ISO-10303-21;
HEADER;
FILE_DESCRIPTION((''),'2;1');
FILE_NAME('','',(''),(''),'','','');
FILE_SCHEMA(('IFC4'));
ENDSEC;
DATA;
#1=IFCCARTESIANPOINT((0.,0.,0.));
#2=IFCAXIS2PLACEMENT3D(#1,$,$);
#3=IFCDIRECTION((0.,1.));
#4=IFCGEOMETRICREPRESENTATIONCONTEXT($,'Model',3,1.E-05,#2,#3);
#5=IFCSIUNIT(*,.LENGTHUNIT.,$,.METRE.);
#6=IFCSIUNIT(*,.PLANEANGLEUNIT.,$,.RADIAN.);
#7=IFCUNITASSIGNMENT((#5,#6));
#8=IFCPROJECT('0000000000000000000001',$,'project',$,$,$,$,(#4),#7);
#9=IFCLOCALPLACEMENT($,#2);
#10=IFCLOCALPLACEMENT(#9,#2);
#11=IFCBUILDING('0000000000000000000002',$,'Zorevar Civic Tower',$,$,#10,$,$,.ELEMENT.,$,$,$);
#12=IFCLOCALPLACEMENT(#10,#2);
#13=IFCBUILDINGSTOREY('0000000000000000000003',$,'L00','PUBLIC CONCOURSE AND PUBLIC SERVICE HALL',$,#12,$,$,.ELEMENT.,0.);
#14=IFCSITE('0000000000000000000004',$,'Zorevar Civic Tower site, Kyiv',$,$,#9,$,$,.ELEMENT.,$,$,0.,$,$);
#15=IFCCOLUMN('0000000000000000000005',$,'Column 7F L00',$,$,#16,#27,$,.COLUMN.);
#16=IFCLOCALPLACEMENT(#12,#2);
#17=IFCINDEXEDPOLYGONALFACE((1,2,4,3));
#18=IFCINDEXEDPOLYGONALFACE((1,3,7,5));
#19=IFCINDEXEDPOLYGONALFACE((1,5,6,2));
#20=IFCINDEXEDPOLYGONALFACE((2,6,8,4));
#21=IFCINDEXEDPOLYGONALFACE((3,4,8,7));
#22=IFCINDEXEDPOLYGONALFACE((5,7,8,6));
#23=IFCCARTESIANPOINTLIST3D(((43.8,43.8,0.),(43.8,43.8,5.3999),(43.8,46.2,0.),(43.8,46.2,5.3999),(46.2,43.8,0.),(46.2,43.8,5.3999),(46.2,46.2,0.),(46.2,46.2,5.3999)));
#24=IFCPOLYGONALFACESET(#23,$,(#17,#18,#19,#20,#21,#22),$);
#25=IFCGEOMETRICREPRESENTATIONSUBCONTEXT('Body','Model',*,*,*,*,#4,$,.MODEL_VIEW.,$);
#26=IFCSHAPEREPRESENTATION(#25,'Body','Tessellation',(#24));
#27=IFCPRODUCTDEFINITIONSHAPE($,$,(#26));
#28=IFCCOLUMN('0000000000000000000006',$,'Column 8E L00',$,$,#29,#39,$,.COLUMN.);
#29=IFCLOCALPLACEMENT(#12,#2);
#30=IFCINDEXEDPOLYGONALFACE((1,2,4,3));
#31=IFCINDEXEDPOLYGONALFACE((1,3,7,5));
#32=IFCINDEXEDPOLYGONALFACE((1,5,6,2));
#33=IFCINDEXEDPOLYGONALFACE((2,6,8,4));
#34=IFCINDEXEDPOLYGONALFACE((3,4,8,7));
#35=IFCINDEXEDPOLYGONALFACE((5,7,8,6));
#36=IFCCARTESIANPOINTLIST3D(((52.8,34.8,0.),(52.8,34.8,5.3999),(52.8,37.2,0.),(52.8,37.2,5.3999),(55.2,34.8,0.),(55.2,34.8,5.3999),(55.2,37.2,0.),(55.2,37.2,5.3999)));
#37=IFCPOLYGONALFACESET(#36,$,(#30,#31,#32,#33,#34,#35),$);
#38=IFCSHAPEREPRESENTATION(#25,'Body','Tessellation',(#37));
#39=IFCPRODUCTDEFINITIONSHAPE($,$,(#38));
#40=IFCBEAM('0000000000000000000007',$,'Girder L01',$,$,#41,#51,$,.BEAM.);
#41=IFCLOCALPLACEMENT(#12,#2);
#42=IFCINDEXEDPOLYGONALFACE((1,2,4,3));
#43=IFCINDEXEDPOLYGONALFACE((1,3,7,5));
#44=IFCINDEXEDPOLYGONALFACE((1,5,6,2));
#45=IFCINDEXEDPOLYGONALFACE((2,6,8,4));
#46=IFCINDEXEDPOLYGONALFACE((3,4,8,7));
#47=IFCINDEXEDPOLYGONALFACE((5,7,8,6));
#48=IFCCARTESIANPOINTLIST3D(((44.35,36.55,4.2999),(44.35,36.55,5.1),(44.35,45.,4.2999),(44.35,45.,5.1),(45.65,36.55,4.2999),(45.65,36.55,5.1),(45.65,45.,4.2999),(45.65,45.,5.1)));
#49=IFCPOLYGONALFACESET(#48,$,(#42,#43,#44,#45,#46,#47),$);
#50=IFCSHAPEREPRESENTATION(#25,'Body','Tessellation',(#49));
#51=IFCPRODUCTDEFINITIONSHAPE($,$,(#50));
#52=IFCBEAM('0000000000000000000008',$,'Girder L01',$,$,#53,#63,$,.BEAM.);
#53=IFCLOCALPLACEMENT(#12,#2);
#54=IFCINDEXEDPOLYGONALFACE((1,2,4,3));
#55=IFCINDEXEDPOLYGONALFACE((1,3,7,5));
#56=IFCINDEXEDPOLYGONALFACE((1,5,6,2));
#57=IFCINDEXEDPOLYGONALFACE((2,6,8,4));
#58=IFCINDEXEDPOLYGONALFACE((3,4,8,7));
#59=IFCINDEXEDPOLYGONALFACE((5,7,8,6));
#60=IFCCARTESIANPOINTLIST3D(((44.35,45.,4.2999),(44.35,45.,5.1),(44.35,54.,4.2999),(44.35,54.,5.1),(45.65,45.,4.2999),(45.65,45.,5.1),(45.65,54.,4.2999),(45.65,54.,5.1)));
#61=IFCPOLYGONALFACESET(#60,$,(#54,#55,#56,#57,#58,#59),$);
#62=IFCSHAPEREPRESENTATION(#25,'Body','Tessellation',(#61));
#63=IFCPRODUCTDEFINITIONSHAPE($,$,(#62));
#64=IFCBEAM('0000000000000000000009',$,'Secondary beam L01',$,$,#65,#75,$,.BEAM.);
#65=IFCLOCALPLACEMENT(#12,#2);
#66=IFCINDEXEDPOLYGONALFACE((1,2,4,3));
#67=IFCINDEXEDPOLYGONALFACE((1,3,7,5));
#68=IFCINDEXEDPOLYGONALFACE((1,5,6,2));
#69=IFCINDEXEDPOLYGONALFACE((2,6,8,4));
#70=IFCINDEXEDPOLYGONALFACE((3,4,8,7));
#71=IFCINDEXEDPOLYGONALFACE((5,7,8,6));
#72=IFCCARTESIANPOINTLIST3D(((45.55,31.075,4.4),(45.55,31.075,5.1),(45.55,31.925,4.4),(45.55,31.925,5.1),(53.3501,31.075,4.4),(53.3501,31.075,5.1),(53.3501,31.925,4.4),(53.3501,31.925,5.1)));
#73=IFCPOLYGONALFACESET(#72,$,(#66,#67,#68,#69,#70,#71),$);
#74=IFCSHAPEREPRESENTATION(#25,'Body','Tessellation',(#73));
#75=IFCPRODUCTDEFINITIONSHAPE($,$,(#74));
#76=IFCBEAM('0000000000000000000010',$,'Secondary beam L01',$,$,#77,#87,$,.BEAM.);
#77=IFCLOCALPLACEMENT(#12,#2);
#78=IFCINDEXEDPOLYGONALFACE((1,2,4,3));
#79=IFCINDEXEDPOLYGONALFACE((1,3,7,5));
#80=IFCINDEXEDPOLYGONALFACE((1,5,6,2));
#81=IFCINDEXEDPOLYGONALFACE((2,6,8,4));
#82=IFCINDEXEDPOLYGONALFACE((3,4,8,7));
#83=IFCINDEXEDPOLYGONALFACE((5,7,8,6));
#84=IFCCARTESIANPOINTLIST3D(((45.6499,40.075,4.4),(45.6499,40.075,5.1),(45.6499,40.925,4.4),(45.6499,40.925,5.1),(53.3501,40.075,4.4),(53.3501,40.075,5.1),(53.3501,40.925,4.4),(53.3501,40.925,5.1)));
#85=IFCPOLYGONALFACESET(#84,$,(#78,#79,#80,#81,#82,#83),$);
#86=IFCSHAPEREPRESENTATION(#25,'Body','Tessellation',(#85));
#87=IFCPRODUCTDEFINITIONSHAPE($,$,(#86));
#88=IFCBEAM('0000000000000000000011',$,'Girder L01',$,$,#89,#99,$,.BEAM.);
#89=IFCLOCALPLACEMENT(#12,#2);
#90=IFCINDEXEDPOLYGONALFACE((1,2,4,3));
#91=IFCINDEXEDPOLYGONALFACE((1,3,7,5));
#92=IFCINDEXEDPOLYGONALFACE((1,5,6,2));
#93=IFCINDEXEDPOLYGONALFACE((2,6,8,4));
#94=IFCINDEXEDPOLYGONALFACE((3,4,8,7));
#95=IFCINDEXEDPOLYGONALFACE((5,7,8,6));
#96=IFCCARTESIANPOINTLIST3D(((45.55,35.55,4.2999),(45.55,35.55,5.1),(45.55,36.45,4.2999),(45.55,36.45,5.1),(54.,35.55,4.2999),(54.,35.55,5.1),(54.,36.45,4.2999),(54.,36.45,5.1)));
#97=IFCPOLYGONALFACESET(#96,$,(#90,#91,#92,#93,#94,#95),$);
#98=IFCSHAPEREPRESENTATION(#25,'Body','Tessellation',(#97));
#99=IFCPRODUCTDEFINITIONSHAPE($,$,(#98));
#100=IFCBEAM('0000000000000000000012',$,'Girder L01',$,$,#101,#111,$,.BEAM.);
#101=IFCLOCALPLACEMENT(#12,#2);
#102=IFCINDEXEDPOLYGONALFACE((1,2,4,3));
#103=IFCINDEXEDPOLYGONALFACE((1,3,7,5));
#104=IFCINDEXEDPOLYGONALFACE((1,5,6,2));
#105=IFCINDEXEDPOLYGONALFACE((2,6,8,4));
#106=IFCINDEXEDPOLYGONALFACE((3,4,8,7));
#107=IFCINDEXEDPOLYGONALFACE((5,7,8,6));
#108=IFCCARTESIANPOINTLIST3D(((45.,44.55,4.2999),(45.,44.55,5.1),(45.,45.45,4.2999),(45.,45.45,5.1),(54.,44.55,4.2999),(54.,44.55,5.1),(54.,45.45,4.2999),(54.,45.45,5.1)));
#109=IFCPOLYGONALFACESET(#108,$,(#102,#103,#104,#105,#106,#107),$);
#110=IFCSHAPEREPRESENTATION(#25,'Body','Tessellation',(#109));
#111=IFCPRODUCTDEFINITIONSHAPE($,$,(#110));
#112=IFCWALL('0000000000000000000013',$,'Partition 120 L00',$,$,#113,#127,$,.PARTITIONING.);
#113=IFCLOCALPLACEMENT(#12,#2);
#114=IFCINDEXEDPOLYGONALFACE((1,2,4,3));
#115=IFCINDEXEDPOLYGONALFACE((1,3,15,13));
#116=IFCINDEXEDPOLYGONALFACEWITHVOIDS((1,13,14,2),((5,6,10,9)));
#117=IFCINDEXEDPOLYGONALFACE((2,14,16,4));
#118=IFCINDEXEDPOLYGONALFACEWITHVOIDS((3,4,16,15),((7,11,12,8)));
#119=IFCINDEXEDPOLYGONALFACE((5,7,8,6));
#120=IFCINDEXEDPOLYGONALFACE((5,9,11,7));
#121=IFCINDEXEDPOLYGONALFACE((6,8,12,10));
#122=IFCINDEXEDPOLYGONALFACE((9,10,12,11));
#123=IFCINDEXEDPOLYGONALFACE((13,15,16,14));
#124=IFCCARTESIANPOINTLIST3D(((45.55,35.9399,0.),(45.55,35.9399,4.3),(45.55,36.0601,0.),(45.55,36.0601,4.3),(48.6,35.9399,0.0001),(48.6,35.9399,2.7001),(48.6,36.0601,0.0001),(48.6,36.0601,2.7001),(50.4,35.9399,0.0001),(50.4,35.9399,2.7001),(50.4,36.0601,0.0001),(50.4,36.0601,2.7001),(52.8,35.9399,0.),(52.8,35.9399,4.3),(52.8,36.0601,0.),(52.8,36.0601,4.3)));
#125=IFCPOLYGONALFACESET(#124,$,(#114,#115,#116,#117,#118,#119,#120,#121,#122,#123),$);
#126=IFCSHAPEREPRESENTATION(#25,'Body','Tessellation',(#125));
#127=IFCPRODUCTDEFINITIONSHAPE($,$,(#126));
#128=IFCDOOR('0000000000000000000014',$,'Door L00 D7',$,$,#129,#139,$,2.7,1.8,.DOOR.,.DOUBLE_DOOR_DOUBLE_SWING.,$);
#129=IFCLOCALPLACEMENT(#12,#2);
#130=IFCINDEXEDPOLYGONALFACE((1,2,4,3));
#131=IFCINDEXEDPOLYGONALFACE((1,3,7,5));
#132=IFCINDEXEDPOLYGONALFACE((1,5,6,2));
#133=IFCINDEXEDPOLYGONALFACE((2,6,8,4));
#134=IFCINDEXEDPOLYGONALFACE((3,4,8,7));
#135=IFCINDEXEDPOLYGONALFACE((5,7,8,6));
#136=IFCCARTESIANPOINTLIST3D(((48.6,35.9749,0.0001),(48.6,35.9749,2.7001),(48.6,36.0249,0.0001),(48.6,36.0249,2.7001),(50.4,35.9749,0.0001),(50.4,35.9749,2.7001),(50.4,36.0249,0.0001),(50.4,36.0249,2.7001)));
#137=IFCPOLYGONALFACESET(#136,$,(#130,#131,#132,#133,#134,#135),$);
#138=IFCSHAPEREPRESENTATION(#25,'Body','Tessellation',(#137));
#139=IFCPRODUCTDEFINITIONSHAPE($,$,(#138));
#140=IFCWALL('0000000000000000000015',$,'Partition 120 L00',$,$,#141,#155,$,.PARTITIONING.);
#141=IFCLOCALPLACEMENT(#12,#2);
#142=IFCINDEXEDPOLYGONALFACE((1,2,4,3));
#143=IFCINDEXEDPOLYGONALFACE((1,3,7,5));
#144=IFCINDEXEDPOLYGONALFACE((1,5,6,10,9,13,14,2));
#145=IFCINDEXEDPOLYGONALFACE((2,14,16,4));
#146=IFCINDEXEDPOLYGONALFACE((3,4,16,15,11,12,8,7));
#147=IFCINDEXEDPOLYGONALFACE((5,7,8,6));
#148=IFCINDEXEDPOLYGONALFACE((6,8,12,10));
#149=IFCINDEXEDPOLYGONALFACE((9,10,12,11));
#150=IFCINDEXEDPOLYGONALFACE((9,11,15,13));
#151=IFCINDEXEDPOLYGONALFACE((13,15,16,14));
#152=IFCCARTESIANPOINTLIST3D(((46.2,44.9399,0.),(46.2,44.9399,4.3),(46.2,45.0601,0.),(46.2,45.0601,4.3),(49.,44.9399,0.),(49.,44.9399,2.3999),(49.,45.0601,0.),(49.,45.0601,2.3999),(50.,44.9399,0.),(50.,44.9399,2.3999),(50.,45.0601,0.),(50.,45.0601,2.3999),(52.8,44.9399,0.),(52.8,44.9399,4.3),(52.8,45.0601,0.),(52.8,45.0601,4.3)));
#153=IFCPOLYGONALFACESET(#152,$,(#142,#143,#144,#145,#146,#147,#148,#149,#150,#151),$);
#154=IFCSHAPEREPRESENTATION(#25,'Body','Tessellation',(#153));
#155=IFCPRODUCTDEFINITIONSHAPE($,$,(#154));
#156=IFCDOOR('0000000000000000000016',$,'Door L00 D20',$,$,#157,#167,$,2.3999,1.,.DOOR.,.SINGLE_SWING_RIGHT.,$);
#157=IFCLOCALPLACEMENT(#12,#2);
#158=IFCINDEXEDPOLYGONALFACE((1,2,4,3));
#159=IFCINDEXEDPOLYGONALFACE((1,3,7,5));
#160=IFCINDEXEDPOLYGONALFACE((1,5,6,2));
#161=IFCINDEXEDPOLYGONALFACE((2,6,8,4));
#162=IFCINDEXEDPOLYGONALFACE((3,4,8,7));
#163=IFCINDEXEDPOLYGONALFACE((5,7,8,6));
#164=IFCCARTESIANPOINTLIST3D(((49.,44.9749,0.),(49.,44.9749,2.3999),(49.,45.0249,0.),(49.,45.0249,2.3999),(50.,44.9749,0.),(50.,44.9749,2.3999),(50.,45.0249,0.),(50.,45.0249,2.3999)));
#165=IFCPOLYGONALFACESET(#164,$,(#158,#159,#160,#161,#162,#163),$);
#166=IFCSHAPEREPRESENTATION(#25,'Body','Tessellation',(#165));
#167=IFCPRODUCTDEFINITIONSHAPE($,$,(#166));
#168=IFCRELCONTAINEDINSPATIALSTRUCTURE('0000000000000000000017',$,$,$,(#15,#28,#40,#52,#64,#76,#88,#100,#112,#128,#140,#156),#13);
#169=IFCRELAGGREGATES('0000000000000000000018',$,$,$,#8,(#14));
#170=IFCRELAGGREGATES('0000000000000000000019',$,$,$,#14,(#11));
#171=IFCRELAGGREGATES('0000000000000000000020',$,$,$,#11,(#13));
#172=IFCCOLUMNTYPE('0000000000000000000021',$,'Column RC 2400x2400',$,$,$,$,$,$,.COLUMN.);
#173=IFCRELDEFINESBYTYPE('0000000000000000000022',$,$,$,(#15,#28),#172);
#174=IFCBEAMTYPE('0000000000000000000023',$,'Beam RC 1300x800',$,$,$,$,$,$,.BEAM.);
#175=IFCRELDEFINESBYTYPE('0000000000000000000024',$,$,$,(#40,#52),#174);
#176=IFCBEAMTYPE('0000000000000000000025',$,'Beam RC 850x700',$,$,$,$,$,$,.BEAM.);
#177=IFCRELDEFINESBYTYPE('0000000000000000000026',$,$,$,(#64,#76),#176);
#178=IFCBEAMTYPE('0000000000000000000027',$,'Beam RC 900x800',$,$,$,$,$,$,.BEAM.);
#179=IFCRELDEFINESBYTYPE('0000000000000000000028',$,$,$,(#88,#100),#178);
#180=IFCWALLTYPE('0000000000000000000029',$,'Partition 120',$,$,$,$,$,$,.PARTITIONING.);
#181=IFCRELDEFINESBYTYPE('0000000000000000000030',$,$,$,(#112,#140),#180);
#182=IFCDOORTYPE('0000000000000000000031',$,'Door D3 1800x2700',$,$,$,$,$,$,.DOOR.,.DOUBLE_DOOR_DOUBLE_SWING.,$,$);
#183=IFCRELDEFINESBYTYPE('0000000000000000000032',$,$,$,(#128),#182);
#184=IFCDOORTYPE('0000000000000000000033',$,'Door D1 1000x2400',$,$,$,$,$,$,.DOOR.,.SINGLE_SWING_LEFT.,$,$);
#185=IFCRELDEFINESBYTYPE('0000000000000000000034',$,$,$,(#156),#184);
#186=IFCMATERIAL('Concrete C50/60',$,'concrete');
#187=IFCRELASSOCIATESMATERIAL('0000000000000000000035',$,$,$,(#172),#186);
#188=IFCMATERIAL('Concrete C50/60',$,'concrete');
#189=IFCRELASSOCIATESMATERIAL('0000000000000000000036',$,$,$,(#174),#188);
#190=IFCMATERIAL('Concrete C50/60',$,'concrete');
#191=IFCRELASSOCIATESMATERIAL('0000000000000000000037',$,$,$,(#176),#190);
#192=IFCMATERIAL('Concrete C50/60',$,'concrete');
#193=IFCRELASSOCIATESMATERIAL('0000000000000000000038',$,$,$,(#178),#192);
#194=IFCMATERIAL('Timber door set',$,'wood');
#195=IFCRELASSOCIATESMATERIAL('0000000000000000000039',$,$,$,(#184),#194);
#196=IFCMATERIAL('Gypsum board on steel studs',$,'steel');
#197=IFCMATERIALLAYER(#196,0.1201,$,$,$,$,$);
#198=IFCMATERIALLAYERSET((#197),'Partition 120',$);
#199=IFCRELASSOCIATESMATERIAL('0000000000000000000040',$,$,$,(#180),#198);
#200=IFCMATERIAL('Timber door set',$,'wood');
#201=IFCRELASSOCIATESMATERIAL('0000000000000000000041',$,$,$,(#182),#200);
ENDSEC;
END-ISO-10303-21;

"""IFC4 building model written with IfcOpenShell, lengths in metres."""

from ifc_helpers import new_model, si_unit, direction, frame, frame_2d, origin, origin_2d, place, context, subcontext, project, spatial, rectangle, extrude, material, layer, layer_set, material_profile, profile_set, type_object, element, fill, save


model = new_model("IFC4")

# Units and contexts
model_context = context("Model", 3, precision=1e-05, world=origin(), true_north=direction((0.0, 1.0)))
body_context = subcontext(model_context, "Body", "Model", "MODEL_VIEW")
ifc_project = project(units=[si_unit("LENGTHUNIT", "METRE"), si_unit("PLANEANGLEUNIT", "RADIAN")], contexts=[model_context])

# Site, building, storey
site_placement = place(None, origin())
site = spatial("IfcSite", under=ifc_project, at=site_placement, Name="Zorevar Civic Tower site, Kyiv", CompositionType="ELEMENT", RefElevation=0.0)
building_placement = place(site_placement, origin())
building = spatial("IfcBuilding", under=site, at=building_placement, Name="Zorevar Civic Tower", CompositionType="ELEMENT")
storey_placement = place(building_placement, origin())
storey = spatial("IfcBuildingStorey", under=building, at=storey_placement, Name="L00", Description="PUBLIC CONCOURSE AND PUBLIC SERVICE HALL", CompositionType="ELEMENT", Elevation=0.0)

# Columns
ifc_material_1 = material(Name="Concrete C50/60", Category="concrete")
ifc_material_profile_1 = material_profile(ifc_material_1, rectangle(XDim=2.3999, YDim=2.3999, at=origin_2d()), Name="RC 2400x2400")
ifc_profile_set_1 = profile_set([ifc_material_profile_1], Name="Concrete C50/60")
column_type = type_object("IfcColumnType", Name="Column RC 2400x2400", PredefinedType="COLUMN", material=ifc_profile_set_1)
for number, where, z_axis, x_axis, name in (
    (1, (45.0, 45.0, 0.0), (0.0, 0.0, 1.0), (1.0, 0.0, 0.0), "Column 7F L00"),
    (2, (54.0, 36.0, 0.0), (0.0, 0.0, 1.0), (1.0, 0.0, 0.0), "Column 8E L00"),
):
    element("IfcColumn", number, at=place(storey_placement, frame(where, z_axis=z_axis, x_axis=x_axis)), inside=storey, type_object=column_type, Name=name, PredefinedType="COLUMN", context=body_context, shape_type="SweptSolid", body=[
        extrude(rectangle(XDim=2.3999, YDim=2.3999, at=origin_2d()), origin(), (0.0, 0.0, 1.0), 5.3999),
    ])

# Beams
ifc_material_2 = material(Name="Concrete C50/60", Category="concrete")
ifc_material_profile_2 = material_profile(ifc_material_2, rectangle(XDim=1.3, YDim=0.8, at=origin_2d()), Name="RC 1300x800")
ifc_profile_set_2 = profile_set([ifc_material_profile_2], Name="Concrete C50/60")
beam_type_1 = type_object("IfcBeamType", Name="Beam RC 1300x800", PredefinedType="BEAM", material=ifc_profile_set_2)
beam_1_placement = place(storey_placement, frame((45.0, 36.55, 4.7), z_axis=(0.0, 1.0, 0.0), x_axis=(-1.0, 0.0, 0.0)))
element("IfcBeam", 3, at=beam_1_placement, inside=storey, type_object=beam_type_1, Name="Girder L01", PredefinedType="BEAM", context=body_context, shape_type="SweptSolid", body=[
    extrude(rectangle(XDim=1.3, YDim=0.8, at=origin_2d()), origin(), (0.0, 0.0, 1.0), 8.45),
])
beam_2_placement = place(storey_placement, frame((45.0, 45.0, 4.7), z_axis=(0.0, 1.0, 0.0), x_axis=(-1.0, 0.0, 0.0)))
element("IfcBeam", 4, at=beam_2_placement, inside=storey, type_object=beam_type_1, Name="Girder L01", PredefinedType="BEAM", context=body_context, shape_type="SweptSolid", body=[
    extrude(rectangle(XDim=1.3, YDim=0.8, at=origin_2d()), origin(), (0.0, 0.0, 1.0), 9.0),
])
ifc_material_3 = material(Name="Concrete C50/60", Category="concrete")
ifc_material_profile_3 = material_profile(ifc_material_3, rectangle(XDim=0.8501, YDim=0.7, at=origin_2d()), Name="RC 850x700")
ifc_profile_set_3 = profile_set([ifc_material_profile_3], Name="Concrete C50/60")
beam_type_2 = type_object("IfcBeamType", Name="Beam RC 850x700", PredefinedType="BEAM", material=ifc_profile_set_3)
beam_3_placement = place(storey_placement, frame((45.55, 31.5, 4.75), z_axis=(1.0, 0.0, 0.0), x_axis=(0.0, 1.0, 0.0)))
element("IfcBeam", 5, at=beam_3_placement, inside=storey, type_object=beam_type_2, Name="Secondary beam L01", PredefinedType="BEAM", context=body_context, shape_type="SweptSolid", body=[
    extrude(rectangle(XDim=0.8501, YDim=0.7, at=origin_2d()), origin(), (0.0, 0.0, 1.0), 7.8),
])
beam_4_placement = place(storey_placement, frame((45.6499, 40.5, 4.75), z_axis=(1.0, 0.0, 0.0), x_axis=(0.0, 1.0, 0.0)))
element("IfcBeam", 6, at=beam_4_placement, inside=storey, type_object=beam_type_2, Name="Secondary beam L01", PredefinedType="BEAM", context=body_context, shape_type="SweptSolid", body=[
    extrude(rectangle(XDim=0.8501, YDim=0.7, at=origin_2d()), origin(), (0.0, 0.0, 1.0), 7.7002),
])
ifc_material_4 = material(Name="Concrete C50/60", Category="concrete")
ifc_material_profile_4 = material_profile(ifc_material_4, rectangle(XDim=0.8999, YDim=0.8, at=origin_2d()), Name="RC 900x800")
ifc_profile_set_4 = profile_set([ifc_material_profile_4], Name="Concrete C50/60")
beam_type_3 = type_object("IfcBeamType", Name="Beam RC 900x800", PredefinedType="BEAM", material=ifc_profile_set_4)
beam_5_placement = place(storey_placement, frame((45.55, 36.0, 4.7), z_axis=(1.0, 0.0, 0.0), x_axis=(0.0, 1.0, 0.0)))
element("IfcBeam", 7, at=beam_5_placement, inside=storey, type_object=beam_type_3, Name="Girder L01", PredefinedType="BEAM", context=body_context, shape_type="SweptSolid", body=[
    extrude(rectangle(XDim=0.8999, YDim=0.8, at=origin_2d()), origin(), (0.0, 0.0, 1.0), 8.45),
])
beam_6_placement = place(storey_placement, frame((45.0, 45.0, 4.7), z_axis=(1.0, 0.0, 0.0), x_axis=(0.0, 1.0, 0.0)))
element("IfcBeam", 8, at=beam_6_placement, inside=storey, type_object=beam_type_3, Name="Girder L01", PredefinedType="BEAM", context=body_context, shape_type="SweptSolid", body=[
    extrude(rectangle(XDim=0.8999, YDim=0.8, at=origin_2d()), origin(), (0.0, 0.0, 1.0), 9.0),
])

# Shared definitions
ifc_material_5 = material(Name="Timber door set", Category="wood")
door_type_1 = type_object("IfcDoorType", Name="Door D1 1000x2400", OperationType="SINGLE_SWING_LEFT", PredefinedType="DOOR", material=ifc_material_5)

# Walls, openings, doors
ifc_material_6 = material(Name="Gypsum board on steel studs", Category="steel")
ifc_layer_1 = layer(ifc_material_6, 0.1201)
ifc_layer_set_1 = layer_set([ifc_layer_1], Name="Partition 120")
wall_type_1 = type_object("IfcWallType", Name="Partition 120", PredefinedType="PARTITIONING", material=ifc_layer_set_1)
wall_1_placement = place(storey_placement, frame((45.55, 36.0, 0.0), z_axis=(0.0, 0.0, 1.0), x_axis=(1.0, 0.0, 0.0)))
wall_1 = element("IfcWall", 9, at=wall_1_placement, inside=storey, type_object=wall_type_1, Name="Partition 120 L00", PredefinedType="PARTITIONING", context=body_context, shape_type="SweptSolid", body=[
    extrude(rectangle(XDim=7.25, YDim=0.1201, at=frame_2d((3.625, 0.0))), origin(), (0.0, 0.0, 1.0), 4.3),
])
opening_1_placement = place(wall_1_placement, frame((3.05, 0.0, 0.0)))
opening_1 = element("IfcOpeningElement", 10, at=opening_1_placement, cuts=wall_1, PredefinedType="OPENING", context=body_context, shape_type="SweptSolid", body=[
    extrude(rectangle(XDim=1.8, YDim=2.7, at=frame_2d((0.8999, 1.3501))), frame((0.0, 0.0701, 0.0), z_axis=(0.0, -1.0, 0.0), x_axis=(1.0, 0.0, 0.0)), (0.0, 0.0, 1.0), 0.1401),
])
ifc_material_7 = material(Name="Timber door set", Category="wood")
door_type_2 = type_object("IfcDoorType", Name="Door D3 1800x2700", OperationType="DOUBLE_DOOR_DOUBLE_SWING", PredefinedType="DOOR", material=ifc_material_7)
door_1_placement = place(opening_1_placement, origin())
door_1 = element("IfcDoor", 11, at=door_1_placement, inside=storey, type_object=door_type_2, Name="Door L00 D7", OperationType="DOUBLE_DOOR_DOUBLE_SWING", OverallHeight=2.7, OverallWidth=1.8, PredefinedType="DOOR", context=body_context, shape_type="SweptSolid", body=[
    extrude(rectangle(XDim=1.8, YDim=2.7, at=frame_2d((0.8999, 1.3501))), frame((0.0, 0.0249, 0.0), z_axis=(0.0, -1.0, 0.0), x_axis=(1.0, 0.0, 0.0)), (0.0, 0.0, 1.0), 0.05),
])
fill(opening_1, door_1)
wall_2_placement = place(storey_placement, frame((46.2, 45.0, 0.0), z_axis=(0.0, 0.0, 1.0), x_axis=(1.0, 0.0, 0.0)))
wall_2 = element("IfcWall", 12, at=wall_2_placement, inside=storey, type_object=wall_type_1, Name="Partition 120 L00", PredefinedType="PARTITIONING", context=body_context, shape_type="SweptSolid", body=[
    extrude(rectangle(XDim=6.6001, YDim=0.1201, at=frame_2d((3.3, 0.0))), origin(), (0.0, 0.0, 1.0), 4.3),
])
opening_2_placement = place(wall_2_placement, frame((2.8, 0.0, 0.0)))
opening_2 = element("IfcOpeningElement", 13, at=opening_2_placement, cuts=wall_2, PredefinedType="OPENING", context=body_context, shape_type="SweptSolid", body=[
    extrude(rectangle(XDim=1.0, YDim=2.3999, at=frame_2d((0.5, 1.2))), frame((0.0, 0.0701, 0.0), z_axis=(0.0, -1.0, 0.0), x_axis=(1.0, 0.0, 0.0)), (0.0, 0.0, 1.0), 0.1401),
])
door_2_placement = place(opening_2_placement, origin())
door_2 = element("IfcDoor", 14, at=door_2_placement, inside=storey, type_object=door_type_1, Name="Door L00 D20", OperationType="SINGLE_SWING_RIGHT", OverallHeight=2.3999, OverallWidth=1.0, PredefinedType="DOOR", context=body_context, shape_type="SweptSolid", body=[
    extrude(rectangle(XDim=1.0, YDim=2.3999, at=frame_2d((0.5, 1.2))), frame((0.0, 0.0249, 0.0), z_axis=(0.0, -1.0, 0.0), x_axis=(1.0, 0.0, 0.0)), (0.0, 0.0, 1.0), 0.05),
])
fill(opening_2, door_2)

save(model, "model.ifc")
